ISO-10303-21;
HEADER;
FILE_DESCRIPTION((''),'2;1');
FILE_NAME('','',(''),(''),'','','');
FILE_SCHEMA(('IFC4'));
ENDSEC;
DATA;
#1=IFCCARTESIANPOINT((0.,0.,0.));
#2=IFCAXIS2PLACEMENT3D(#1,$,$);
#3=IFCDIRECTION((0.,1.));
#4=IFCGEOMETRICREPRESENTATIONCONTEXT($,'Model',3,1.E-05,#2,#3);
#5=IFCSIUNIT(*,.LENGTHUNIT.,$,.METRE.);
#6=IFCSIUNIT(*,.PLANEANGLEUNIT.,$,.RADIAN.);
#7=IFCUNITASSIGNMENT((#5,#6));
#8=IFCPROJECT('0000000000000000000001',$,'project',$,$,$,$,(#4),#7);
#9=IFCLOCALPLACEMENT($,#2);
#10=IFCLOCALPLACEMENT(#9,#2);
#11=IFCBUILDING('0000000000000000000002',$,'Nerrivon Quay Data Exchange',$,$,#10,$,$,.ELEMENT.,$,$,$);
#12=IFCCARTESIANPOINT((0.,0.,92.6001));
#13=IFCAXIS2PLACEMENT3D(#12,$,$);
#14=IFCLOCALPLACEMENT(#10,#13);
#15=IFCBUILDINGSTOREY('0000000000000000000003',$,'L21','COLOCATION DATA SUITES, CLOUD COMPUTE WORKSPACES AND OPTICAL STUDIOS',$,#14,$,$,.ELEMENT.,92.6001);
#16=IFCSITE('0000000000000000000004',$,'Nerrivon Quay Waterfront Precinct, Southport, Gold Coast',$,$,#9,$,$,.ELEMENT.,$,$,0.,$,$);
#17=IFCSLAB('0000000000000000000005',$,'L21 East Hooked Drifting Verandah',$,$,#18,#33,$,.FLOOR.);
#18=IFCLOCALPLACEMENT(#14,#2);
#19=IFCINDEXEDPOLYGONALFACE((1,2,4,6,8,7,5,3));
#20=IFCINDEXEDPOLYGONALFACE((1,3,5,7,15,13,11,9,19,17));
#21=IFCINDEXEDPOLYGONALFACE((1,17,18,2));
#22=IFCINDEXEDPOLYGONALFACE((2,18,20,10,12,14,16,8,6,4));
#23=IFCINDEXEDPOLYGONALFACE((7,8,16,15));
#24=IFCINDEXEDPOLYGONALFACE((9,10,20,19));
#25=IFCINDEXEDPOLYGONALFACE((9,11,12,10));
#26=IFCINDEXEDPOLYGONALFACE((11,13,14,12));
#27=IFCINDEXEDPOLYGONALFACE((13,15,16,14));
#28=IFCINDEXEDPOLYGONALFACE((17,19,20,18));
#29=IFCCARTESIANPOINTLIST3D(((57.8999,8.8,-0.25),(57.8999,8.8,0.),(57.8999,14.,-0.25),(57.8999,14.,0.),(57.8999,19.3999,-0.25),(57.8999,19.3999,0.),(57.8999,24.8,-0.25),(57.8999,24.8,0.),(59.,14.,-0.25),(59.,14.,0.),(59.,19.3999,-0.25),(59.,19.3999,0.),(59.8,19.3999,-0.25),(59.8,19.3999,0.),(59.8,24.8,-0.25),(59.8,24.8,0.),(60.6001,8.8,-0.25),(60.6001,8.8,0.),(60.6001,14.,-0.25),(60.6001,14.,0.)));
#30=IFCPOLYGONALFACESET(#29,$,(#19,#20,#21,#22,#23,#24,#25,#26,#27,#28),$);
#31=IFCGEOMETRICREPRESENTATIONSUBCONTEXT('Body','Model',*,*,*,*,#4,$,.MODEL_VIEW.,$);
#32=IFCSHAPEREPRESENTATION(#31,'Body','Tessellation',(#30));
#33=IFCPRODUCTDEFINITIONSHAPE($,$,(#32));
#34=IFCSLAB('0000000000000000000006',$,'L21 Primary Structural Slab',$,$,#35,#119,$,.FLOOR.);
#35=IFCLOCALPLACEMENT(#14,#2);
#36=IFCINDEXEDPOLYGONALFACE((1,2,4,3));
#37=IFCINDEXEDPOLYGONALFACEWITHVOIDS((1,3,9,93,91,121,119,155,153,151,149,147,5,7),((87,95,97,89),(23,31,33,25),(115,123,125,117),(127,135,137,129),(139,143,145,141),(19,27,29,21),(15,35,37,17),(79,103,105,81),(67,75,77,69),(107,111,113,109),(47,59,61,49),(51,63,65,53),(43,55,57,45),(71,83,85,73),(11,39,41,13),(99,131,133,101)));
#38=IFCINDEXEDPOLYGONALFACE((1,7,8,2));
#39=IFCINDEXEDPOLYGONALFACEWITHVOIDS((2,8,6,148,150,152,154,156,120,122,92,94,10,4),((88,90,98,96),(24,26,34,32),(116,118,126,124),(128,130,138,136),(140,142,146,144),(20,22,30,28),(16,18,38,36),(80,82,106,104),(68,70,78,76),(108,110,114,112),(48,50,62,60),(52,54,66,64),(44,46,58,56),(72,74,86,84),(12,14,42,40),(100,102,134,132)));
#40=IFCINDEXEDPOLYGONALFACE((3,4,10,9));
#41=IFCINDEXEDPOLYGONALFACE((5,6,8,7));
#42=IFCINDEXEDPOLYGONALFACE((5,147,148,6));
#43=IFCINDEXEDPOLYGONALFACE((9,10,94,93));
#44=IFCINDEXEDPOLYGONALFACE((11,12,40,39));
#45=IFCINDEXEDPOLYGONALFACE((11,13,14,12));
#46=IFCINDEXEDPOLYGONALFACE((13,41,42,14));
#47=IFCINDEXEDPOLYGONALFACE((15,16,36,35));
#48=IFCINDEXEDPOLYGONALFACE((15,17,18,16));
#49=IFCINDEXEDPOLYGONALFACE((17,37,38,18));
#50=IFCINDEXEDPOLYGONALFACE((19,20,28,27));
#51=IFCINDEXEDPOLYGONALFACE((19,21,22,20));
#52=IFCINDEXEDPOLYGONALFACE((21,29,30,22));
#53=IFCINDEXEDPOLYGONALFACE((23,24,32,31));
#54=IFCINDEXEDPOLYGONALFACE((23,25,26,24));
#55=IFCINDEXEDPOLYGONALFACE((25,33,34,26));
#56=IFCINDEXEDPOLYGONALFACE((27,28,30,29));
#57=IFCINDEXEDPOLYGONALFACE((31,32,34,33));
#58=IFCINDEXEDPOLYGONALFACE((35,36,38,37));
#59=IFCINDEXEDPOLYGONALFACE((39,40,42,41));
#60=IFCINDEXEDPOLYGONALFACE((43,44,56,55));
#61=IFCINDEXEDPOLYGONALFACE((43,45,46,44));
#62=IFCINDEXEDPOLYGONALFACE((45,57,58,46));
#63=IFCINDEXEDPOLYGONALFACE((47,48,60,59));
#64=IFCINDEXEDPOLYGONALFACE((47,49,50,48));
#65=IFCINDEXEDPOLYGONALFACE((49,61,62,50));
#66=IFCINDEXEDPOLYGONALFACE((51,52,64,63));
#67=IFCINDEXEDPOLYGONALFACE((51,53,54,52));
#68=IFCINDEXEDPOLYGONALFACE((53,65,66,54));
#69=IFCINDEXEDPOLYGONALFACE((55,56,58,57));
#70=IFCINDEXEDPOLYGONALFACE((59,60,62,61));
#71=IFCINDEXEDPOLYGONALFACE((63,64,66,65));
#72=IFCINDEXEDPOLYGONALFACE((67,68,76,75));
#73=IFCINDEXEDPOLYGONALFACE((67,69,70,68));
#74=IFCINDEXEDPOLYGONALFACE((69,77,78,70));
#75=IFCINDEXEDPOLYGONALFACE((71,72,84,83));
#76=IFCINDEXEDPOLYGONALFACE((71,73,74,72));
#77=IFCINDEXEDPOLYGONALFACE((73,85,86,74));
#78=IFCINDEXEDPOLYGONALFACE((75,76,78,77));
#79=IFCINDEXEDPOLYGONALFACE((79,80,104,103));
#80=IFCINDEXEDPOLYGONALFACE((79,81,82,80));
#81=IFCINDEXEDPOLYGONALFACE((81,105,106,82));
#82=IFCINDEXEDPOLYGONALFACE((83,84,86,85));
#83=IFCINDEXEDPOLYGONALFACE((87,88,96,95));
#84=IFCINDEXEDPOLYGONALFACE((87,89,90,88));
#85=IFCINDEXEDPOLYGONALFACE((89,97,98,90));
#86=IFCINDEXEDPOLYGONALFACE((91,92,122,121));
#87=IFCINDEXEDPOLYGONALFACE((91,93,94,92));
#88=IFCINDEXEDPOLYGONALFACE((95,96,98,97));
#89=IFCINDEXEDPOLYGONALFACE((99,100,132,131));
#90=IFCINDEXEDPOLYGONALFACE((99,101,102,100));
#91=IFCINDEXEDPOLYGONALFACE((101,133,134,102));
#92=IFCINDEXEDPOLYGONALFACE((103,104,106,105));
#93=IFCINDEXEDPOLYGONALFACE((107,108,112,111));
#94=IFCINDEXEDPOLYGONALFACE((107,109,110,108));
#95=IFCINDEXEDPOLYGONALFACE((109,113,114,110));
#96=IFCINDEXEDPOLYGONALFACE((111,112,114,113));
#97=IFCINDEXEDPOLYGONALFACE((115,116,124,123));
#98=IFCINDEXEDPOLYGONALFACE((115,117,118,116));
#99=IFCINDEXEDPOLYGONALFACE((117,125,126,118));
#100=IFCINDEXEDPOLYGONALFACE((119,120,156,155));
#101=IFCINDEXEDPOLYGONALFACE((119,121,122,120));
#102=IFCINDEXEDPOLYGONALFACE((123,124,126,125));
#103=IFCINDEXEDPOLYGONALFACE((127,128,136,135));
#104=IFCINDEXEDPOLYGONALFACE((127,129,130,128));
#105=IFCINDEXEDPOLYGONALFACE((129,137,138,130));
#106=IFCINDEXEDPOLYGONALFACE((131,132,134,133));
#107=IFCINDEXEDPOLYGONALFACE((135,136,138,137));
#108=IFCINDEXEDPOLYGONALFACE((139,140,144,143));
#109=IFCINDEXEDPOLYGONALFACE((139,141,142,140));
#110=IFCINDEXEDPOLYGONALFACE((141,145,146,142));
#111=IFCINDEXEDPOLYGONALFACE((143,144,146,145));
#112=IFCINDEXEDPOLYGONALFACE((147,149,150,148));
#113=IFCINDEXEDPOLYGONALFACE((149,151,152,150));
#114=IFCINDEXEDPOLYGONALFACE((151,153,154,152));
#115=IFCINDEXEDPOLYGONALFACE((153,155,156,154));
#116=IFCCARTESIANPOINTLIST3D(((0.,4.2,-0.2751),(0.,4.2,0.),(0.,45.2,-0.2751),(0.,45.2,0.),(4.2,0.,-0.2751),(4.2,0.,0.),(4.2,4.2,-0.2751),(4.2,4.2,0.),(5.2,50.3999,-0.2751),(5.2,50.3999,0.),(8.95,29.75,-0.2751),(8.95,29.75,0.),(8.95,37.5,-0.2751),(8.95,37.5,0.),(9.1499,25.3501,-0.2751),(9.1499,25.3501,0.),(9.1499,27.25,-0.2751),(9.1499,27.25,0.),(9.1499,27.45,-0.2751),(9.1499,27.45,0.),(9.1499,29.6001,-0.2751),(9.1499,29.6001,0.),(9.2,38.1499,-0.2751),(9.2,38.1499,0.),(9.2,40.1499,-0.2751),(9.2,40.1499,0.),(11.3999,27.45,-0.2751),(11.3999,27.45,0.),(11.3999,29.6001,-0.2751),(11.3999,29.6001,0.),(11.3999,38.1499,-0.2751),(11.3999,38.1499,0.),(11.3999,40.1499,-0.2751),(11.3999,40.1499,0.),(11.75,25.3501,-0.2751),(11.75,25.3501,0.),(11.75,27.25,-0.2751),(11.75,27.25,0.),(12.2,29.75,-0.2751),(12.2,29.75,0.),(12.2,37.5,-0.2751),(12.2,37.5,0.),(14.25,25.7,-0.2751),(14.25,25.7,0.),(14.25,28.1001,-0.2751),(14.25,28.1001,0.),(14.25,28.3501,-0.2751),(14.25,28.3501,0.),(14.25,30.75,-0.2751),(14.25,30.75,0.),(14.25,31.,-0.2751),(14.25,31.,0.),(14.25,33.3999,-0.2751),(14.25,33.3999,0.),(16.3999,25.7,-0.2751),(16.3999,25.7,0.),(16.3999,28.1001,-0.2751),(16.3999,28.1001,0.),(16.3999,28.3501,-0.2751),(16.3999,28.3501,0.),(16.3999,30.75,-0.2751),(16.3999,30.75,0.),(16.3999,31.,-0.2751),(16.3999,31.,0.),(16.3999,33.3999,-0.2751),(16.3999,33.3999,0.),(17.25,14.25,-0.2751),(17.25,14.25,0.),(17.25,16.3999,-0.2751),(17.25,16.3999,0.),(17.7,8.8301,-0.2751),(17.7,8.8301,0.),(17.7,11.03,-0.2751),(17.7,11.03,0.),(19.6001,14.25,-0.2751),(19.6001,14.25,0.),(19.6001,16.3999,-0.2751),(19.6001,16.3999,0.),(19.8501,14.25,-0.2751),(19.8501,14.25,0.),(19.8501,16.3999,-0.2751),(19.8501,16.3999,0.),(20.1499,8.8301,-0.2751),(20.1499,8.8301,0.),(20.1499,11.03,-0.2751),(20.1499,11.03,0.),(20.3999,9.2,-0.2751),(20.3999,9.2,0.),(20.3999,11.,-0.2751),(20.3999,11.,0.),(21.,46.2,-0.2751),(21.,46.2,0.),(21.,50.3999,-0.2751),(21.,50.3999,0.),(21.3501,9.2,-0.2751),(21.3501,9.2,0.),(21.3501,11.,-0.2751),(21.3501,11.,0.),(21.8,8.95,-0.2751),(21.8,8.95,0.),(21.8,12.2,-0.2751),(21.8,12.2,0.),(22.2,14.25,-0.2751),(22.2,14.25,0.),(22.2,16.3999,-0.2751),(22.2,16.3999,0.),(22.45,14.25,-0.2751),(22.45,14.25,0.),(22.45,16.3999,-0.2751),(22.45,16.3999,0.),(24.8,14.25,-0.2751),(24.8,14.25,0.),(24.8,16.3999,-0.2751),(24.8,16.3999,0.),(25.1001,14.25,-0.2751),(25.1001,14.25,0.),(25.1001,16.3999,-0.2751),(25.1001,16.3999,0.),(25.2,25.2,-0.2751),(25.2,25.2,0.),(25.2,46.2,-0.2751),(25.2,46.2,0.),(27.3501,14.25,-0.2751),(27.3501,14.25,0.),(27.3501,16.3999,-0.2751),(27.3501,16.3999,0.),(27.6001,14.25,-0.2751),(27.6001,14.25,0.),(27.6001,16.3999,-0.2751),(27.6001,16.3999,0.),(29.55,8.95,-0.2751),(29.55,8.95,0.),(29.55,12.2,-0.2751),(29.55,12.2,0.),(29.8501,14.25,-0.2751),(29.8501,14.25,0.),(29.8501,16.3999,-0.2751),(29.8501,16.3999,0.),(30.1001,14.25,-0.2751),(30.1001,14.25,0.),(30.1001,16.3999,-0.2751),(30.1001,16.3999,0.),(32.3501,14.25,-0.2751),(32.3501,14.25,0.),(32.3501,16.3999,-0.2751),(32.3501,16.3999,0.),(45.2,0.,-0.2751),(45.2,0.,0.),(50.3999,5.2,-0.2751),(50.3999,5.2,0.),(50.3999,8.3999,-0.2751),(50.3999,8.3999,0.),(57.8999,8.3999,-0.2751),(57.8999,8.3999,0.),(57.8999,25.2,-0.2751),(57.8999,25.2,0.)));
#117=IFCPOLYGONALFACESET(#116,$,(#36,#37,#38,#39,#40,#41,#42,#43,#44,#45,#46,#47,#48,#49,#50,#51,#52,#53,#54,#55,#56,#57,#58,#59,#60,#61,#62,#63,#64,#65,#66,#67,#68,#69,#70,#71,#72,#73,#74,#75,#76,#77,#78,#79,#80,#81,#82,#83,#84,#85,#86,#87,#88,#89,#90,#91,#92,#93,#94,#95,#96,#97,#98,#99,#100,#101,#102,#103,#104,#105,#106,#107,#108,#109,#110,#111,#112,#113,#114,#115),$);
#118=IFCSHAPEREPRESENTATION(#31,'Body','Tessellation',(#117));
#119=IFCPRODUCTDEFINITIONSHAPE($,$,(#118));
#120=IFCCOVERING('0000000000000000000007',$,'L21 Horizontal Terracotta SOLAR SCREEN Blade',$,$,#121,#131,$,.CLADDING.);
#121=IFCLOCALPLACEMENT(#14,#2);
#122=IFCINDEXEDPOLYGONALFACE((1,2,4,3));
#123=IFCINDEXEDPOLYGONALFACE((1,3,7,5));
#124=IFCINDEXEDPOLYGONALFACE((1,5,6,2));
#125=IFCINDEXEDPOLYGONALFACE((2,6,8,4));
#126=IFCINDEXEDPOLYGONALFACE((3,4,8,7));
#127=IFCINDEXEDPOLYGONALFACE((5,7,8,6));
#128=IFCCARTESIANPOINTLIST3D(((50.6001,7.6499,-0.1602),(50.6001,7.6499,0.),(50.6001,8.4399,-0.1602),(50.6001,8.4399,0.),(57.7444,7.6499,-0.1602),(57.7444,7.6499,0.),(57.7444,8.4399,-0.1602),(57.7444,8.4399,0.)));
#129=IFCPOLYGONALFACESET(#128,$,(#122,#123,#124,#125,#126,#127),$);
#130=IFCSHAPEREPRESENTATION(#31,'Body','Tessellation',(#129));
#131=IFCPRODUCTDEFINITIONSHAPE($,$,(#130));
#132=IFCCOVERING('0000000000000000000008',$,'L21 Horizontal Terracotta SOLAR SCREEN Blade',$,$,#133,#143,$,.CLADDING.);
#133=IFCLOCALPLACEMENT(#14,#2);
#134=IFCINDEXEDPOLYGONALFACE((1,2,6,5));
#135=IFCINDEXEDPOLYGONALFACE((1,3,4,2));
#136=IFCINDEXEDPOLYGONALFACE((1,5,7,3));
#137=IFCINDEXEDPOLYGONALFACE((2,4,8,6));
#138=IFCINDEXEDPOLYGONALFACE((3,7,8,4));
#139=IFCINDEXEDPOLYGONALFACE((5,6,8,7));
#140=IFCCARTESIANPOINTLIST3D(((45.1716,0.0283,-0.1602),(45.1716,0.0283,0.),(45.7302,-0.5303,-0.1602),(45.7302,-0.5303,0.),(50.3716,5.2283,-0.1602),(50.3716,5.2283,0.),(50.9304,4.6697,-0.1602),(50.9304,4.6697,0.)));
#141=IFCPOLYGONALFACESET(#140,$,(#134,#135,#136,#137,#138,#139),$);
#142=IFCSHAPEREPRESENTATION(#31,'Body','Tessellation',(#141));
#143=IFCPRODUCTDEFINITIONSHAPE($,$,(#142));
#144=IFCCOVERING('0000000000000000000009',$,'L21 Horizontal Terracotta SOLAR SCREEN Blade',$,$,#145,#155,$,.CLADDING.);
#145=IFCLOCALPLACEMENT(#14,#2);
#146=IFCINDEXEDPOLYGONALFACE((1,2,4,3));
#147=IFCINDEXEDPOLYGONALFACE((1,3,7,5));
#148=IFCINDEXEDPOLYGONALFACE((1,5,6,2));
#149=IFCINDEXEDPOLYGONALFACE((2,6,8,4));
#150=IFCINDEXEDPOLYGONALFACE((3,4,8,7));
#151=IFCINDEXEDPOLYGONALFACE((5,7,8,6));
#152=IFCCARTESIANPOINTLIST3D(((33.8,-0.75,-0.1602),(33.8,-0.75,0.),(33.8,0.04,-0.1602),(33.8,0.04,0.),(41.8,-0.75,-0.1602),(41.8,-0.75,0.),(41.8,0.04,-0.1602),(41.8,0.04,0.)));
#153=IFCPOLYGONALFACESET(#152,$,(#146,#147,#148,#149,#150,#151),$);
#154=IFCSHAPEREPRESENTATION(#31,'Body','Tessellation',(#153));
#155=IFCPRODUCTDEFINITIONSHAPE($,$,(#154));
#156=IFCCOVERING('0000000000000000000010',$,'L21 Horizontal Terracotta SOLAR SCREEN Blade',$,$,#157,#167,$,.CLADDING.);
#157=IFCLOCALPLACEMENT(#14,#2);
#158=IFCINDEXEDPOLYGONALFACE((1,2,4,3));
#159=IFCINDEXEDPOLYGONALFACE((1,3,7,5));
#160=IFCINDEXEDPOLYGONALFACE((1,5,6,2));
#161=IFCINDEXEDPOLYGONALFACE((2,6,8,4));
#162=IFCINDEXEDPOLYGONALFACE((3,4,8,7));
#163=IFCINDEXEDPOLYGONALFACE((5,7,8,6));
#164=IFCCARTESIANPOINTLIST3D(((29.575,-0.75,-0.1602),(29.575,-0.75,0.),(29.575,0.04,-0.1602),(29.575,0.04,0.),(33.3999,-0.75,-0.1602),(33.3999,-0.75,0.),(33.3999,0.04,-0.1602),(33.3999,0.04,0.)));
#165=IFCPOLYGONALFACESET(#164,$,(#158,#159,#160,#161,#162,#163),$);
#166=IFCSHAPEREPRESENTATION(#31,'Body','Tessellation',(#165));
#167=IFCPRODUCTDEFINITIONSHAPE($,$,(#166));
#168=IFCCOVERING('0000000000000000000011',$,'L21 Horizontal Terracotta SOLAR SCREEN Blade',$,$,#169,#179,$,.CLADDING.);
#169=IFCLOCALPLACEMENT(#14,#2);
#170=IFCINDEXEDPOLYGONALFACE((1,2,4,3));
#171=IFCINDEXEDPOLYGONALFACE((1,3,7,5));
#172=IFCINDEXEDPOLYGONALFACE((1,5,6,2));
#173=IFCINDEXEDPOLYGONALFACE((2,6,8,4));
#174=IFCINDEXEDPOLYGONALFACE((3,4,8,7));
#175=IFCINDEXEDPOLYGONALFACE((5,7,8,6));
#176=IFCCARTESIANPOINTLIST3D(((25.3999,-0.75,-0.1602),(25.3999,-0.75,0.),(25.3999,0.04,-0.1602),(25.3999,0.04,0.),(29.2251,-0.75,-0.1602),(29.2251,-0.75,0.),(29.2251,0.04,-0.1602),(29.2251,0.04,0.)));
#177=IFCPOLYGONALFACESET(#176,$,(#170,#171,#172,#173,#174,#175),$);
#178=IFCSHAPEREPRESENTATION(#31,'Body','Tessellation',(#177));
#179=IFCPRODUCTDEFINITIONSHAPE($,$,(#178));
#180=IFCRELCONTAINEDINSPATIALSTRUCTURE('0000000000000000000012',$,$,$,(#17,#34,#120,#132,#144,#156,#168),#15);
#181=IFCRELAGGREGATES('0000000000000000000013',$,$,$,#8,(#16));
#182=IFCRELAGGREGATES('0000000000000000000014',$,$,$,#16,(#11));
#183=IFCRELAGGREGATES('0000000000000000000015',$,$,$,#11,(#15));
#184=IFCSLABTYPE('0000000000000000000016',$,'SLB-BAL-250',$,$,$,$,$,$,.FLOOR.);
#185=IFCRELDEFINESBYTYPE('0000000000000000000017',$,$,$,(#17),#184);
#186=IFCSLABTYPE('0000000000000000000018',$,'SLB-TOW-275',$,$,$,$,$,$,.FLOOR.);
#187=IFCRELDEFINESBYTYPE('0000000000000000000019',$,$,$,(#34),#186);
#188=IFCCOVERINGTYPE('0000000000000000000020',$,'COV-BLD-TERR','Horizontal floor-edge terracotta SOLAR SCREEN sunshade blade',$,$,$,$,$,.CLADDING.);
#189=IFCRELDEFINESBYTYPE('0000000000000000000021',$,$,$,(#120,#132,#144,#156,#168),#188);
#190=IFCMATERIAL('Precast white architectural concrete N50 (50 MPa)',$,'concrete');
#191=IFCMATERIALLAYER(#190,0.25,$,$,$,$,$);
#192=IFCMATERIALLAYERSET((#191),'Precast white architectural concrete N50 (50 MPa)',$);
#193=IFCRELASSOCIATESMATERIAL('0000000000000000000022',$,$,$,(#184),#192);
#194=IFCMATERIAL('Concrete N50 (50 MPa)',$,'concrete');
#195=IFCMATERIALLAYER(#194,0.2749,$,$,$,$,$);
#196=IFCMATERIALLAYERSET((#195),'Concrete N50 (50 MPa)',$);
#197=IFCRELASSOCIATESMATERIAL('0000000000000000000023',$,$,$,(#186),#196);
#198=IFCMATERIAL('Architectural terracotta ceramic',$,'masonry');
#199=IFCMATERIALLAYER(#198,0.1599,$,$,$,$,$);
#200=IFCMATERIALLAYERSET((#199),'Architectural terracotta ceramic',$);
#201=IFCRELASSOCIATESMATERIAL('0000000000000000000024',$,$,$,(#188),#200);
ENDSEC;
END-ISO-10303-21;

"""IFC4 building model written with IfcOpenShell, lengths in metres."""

from ifc_helpers import new_model, si_unit, direction, frame, origin, place, context, subcontext, project, spatial, polyline, outline, extrude, material, layer, layer_set, type_object, element, save


model = new_model("IFC4")

# Units and contexts
model_context = context("Model", 3, precision=1e-05, world=origin(), true_north=direction((0.0, 1.0)))
body_context = subcontext(model_context, "Body", "Model", "MODEL_VIEW")
ifc_project = project(units=[si_unit("LENGTHUNIT", "METRE"), si_unit("PLANEANGLEUNIT", "RADIAN")], contexts=[model_context])

# Site, building, storey
site_placement = place(None, origin())
site = spatial("IfcSite", under=ifc_project, at=site_placement, Name="Nerrivon Quay Waterfront Precinct, Southport, Gold Coast", CompositionType="ELEMENT", RefElevation=0.0)
building_placement = place(site_placement, origin())
building = spatial("IfcBuilding", under=site, at=building_placement, Name="Nerrivon Quay Data Exchange", CompositionType="ELEMENT")
storey_placement = place(building_placement, frame((0.0, 0.0, 92.6001)))
storey = spatial("IfcBuildingStorey", under=building, at=storey_placement, Name="L21", Description="COLOCATION DATA SUITES, CLOUD COMPUTE WORKSPACES AND OPTICAL STUDIOS", CompositionType="ELEMENT", Elevation=92.6001)

# Slabs
ifc_material_1 = material(Name="Precast white architectural concrete N50 (50 MPa)", Category="concrete")
ifc_layer_1 = layer(ifc_material_1, 0.25)
ifc_layer_set_1 = layer_set([ifc_layer_1], Name="Precast white architectural concrete N50 (50 MPa)")
slab_type_1 = type_object("IfcSlabType", Name="SLB-BAL-250", PredefinedType="FLOOR", material=ifc_layer_set_1)
slab_1_placement = place(storey_placement, frame((0.0, 0.0, -0.25)))
element("IfcSlab", 1, at=slab_1_placement, inside=storey, type_object=slab_type_1, Name="L21 East Hooked Drifting Verandah", PredefinedType="FLOOR", context=body_context, shape_type="SweptSolid", body=[
    extrude(outline(polyline([(59.0, 14.0), (59.0, 19.3999), (59.8, 19.3999), (59.8, 24.8), (57.8999, 24.8), (57.8999, 19.3999), (57.8999, 14.0), (57.8999, 8.8), (60.6001, 8.8), (60.6001, 14.0), (59.0, 14.0)])), origin(), (0.0, 0.0, 1.0), 0.25),
])
ifc_material_2 = material(Name="Concrete N50 (50 MPa)", Category="concrete")
ifc_layer_2 = layer(ifc_material_2, 0.2749)
ifc_layer_set_2 = layer_set([ifc_layer_2], Name="Concrete N50 (50 MPa)")
slab_type_2 = type_object("IfcSlabType", Name="SLB-TOW-275", PredefinedType="FLOOR", material=ifc_layer_set_2)
slab_2_placement = place(storey_placement, frame((0.0, 0.0, -0.2751)))
element("IfcSlab", 2, at=slab_2_placement, inside=storey, type_object=slab_type_2, Name="L21 Primary Structural Slab", PredefinedType="FLOOR", context=body_context, shape_type="SweptSolid", body=[
    extrude(outline(polyline([(25.2, 25.2), (25.2, 46.2), (21.0, 46.2), (21.0, 50.3999), (5.2, 50.3999), (0.0, 45.2), (0.0, 4.2), (4.2, 4.2), (4.2, 0.0), (45.2, 0.0), (50.3999, 5.2), (50.3999, 8.3999), (57.8999, 8.3999), (57.8999, 25.2), (25.2, 25.2)]), holes=[polyline([(8.95, 29.75), (8.95, 37.5), (12.2, 37.5), (12.2, 29.75), (8.95, 29.75)]), polyline([(21.8, 12.2), (29.55, 12.2), (29.55, 8.95), (21.8, 8.95), (21.8, 12.2)]), polyline([(30.1001, 16.3999), (32.3501, 16.3999), (32.3501, 14.25), (30.1001, 14.25), (30.1001, 16.3999)]), polyline([(27.6001, 16.3999), (29.8501, 16.3999), (29.8501, 14.25), (27.6001, 14.25), (27.6001, 16.3999)]), polyline([(25.1001, 16.3999), (27.3501, 16.3999), (27.3501, 14.25), (25.1001, 14.25), (25.1001, 16.3999)]), polyline([(22.45, 16.3999), (24.8, 16.3999), (24.8, 14.25), (22.45, 14.25), (22.45, 16.3999)]), polyline([(19.8501, 16.3999), (22.2, 16.3999), (22.2, 14.25), (19.8501, 14.25), (19.8501, 16.3999)]), polyline([(20.3999, 11.0), (21.3501, 11.0), (21.3501, 9.2), (20.3999, 9.2), (20.3999, 11.0)]), polyline([(17.7, 8.8301), (17.7, 11.03), (20.1499, 11.03), (20.1499, 8.8301), (17.7, 8.8301)]), polyline([(17.25, 14.25), (17.25, 16.3999), (19.6001, 16.3999), (19.6001, 14.25), (17.25, 14.25)]), polyline([(14.25, 28.1001), (16.3999, 28.1001), (16.3999, 25.7), (14.25, 25.7), (14.25, 28.1001)]), polyline([(14.25, 30.75), (16.3999, 30.75), (16.3999, 28.3501), (14.25, 28.3501), (14.25, 30.75)]), polyline([(14.25, 33.3999), (16.3999, 33.3999), (16.3999, 31.0), (14.25, 31.0), (14.25, 33.3999)]), polyline([(9.1499, 27.25), (11.75, 27.25), (11.75, 25.3501), (9.1499, 25.3501), (9.1499, 27.25)]), polyline([(9.1499, 29.6001), (11.3999, 29.6001), (11.3999, 27.45), (9.1499, 27.45), (9.1499, 29.6001)]), polyline([(9.2, 40.1499), (11.3999, 40.1499), (11.3999, 38.1499), (9.2, 38.1499), (9.2, 40.1499)])]), origin(), (0.0, 0.0, 1.0), 0.2751),
])

# Coverings
ifc_material_3 = material(Name="Architectural terracotta ceramic", Category="masonry")
ifc_layer_3 = layer(ifc_material_3, 0.1599)
ifc_layer_set_3 = layer_set([ifc_layer_3], Name="Architectural terracotta ceramic")
covering_type = type_object("IfcCoveringType", Name="COV-BLD-TERR", Description="Horizontal floor-edge terracotta SOLAR SCREEN sunshade blade", PredefinedType="CLADDING", material=ifc_layer_set_3)
covering_1_placement = place(storey_placement, frame((0.0, 0.0, -0.1602)))
element("IfcCovering", 3, at=covering_1_placement, inside=storey, type_object=covering_type, Name="L21 Horizontal Terracotta SOLAR SCREEN Blade", PredefinedType="CLADDING", context=body_context, shape_type="SweptSolid", body=[
    extrude(outline(polyline([(57.7444, 8.4399), (50.6001, 8.4399), (50.6001, 7.6499), (57.7444, 7.6499), (57.7444, 8.4399)])), origin(), (0.0, 0.0, 1.0), 0.1602),
])
covering_2_placement = place(storey_placement, frame((0.0, 0.0, -0.1602)))
element("IfcCovering", 4, at=covering_2_placement, inside=storey, type_object=covering_type, Name="L21 Horizontal Terracotta SOLAR SCREEN Blade", PredefinedType="CLADDING", context=body_context, shape_type="SweptSolid", body=[
    extrude(outline(polyline([(50.3716, 5.2283), (45.1716, 0.0283), (45.7302, -0.5303), (50.9304, 4.6697), (50.3716, 5.2283)])), origin(), (0.0, 0.0, 1.0), 0.1602),
])
covering_3_placement = place(storey_placement, frame((0.0, 0.0, -0.1602)))
element("IfcCovering", 5, at=covering_3_placement, inside=storey, type_object=covering_type, Name="L21 Horizontal Terracotta SOLAR SCREEN Blade", PredefinedType="CLADDING", context=body_context, shape_type="SweptSolid", body=[
    extrude(outline(polyline([(41.8, 0.04), (33.8, 0.04), (33.8, -0.75), (41.8, -0.75), (41.8, 0.04)])), origin(), (0.0, 0.0, 1.0), 0.1602),
])
covering_4_placement = place(storey_placement, frame((0.0, 0.0, -0.1602)))
element("IfcCovering", 6, at=covering_4_placement, inside=storey, type_object=covering_type, Name="L21 Horizontal Terracotta SOLAR SCREEN Blade", PredefinedType="CLADDING", context=body_context, shape_type="SweptSolid", body=[
    extrude(outline(polyline([(33.3999, 0.04), (29.575, 0.04), (29.575, -0.75), (33.3999, -0.75), (33.3999, 0.04)])), origin(), (0.0, 0.0, 1.0), 0.1602),
])
covering_5_placement = place(storey_placement, frame((0.0, 0.0, -0.1602)))
element("IfcCovering", 7, at=covering_5_placement, inside=storey, type_object=covering_type, Name="L21 Horizontal Terracotta SOLAR SCREEN Blade", PredefinedType="CLADDING", context=body_context, shape_type="SweptSolid", body=[
    extrude(outline(polyline([(29.2251, 0.04), (25.3999, 0.04), (25.3999, -0.75), (29.2251, -0.75), (29.2251, 0.04)])), origin(), (0.0, 0.0, 1.0), 0.1602),
])

save(model, "model.ifc")
